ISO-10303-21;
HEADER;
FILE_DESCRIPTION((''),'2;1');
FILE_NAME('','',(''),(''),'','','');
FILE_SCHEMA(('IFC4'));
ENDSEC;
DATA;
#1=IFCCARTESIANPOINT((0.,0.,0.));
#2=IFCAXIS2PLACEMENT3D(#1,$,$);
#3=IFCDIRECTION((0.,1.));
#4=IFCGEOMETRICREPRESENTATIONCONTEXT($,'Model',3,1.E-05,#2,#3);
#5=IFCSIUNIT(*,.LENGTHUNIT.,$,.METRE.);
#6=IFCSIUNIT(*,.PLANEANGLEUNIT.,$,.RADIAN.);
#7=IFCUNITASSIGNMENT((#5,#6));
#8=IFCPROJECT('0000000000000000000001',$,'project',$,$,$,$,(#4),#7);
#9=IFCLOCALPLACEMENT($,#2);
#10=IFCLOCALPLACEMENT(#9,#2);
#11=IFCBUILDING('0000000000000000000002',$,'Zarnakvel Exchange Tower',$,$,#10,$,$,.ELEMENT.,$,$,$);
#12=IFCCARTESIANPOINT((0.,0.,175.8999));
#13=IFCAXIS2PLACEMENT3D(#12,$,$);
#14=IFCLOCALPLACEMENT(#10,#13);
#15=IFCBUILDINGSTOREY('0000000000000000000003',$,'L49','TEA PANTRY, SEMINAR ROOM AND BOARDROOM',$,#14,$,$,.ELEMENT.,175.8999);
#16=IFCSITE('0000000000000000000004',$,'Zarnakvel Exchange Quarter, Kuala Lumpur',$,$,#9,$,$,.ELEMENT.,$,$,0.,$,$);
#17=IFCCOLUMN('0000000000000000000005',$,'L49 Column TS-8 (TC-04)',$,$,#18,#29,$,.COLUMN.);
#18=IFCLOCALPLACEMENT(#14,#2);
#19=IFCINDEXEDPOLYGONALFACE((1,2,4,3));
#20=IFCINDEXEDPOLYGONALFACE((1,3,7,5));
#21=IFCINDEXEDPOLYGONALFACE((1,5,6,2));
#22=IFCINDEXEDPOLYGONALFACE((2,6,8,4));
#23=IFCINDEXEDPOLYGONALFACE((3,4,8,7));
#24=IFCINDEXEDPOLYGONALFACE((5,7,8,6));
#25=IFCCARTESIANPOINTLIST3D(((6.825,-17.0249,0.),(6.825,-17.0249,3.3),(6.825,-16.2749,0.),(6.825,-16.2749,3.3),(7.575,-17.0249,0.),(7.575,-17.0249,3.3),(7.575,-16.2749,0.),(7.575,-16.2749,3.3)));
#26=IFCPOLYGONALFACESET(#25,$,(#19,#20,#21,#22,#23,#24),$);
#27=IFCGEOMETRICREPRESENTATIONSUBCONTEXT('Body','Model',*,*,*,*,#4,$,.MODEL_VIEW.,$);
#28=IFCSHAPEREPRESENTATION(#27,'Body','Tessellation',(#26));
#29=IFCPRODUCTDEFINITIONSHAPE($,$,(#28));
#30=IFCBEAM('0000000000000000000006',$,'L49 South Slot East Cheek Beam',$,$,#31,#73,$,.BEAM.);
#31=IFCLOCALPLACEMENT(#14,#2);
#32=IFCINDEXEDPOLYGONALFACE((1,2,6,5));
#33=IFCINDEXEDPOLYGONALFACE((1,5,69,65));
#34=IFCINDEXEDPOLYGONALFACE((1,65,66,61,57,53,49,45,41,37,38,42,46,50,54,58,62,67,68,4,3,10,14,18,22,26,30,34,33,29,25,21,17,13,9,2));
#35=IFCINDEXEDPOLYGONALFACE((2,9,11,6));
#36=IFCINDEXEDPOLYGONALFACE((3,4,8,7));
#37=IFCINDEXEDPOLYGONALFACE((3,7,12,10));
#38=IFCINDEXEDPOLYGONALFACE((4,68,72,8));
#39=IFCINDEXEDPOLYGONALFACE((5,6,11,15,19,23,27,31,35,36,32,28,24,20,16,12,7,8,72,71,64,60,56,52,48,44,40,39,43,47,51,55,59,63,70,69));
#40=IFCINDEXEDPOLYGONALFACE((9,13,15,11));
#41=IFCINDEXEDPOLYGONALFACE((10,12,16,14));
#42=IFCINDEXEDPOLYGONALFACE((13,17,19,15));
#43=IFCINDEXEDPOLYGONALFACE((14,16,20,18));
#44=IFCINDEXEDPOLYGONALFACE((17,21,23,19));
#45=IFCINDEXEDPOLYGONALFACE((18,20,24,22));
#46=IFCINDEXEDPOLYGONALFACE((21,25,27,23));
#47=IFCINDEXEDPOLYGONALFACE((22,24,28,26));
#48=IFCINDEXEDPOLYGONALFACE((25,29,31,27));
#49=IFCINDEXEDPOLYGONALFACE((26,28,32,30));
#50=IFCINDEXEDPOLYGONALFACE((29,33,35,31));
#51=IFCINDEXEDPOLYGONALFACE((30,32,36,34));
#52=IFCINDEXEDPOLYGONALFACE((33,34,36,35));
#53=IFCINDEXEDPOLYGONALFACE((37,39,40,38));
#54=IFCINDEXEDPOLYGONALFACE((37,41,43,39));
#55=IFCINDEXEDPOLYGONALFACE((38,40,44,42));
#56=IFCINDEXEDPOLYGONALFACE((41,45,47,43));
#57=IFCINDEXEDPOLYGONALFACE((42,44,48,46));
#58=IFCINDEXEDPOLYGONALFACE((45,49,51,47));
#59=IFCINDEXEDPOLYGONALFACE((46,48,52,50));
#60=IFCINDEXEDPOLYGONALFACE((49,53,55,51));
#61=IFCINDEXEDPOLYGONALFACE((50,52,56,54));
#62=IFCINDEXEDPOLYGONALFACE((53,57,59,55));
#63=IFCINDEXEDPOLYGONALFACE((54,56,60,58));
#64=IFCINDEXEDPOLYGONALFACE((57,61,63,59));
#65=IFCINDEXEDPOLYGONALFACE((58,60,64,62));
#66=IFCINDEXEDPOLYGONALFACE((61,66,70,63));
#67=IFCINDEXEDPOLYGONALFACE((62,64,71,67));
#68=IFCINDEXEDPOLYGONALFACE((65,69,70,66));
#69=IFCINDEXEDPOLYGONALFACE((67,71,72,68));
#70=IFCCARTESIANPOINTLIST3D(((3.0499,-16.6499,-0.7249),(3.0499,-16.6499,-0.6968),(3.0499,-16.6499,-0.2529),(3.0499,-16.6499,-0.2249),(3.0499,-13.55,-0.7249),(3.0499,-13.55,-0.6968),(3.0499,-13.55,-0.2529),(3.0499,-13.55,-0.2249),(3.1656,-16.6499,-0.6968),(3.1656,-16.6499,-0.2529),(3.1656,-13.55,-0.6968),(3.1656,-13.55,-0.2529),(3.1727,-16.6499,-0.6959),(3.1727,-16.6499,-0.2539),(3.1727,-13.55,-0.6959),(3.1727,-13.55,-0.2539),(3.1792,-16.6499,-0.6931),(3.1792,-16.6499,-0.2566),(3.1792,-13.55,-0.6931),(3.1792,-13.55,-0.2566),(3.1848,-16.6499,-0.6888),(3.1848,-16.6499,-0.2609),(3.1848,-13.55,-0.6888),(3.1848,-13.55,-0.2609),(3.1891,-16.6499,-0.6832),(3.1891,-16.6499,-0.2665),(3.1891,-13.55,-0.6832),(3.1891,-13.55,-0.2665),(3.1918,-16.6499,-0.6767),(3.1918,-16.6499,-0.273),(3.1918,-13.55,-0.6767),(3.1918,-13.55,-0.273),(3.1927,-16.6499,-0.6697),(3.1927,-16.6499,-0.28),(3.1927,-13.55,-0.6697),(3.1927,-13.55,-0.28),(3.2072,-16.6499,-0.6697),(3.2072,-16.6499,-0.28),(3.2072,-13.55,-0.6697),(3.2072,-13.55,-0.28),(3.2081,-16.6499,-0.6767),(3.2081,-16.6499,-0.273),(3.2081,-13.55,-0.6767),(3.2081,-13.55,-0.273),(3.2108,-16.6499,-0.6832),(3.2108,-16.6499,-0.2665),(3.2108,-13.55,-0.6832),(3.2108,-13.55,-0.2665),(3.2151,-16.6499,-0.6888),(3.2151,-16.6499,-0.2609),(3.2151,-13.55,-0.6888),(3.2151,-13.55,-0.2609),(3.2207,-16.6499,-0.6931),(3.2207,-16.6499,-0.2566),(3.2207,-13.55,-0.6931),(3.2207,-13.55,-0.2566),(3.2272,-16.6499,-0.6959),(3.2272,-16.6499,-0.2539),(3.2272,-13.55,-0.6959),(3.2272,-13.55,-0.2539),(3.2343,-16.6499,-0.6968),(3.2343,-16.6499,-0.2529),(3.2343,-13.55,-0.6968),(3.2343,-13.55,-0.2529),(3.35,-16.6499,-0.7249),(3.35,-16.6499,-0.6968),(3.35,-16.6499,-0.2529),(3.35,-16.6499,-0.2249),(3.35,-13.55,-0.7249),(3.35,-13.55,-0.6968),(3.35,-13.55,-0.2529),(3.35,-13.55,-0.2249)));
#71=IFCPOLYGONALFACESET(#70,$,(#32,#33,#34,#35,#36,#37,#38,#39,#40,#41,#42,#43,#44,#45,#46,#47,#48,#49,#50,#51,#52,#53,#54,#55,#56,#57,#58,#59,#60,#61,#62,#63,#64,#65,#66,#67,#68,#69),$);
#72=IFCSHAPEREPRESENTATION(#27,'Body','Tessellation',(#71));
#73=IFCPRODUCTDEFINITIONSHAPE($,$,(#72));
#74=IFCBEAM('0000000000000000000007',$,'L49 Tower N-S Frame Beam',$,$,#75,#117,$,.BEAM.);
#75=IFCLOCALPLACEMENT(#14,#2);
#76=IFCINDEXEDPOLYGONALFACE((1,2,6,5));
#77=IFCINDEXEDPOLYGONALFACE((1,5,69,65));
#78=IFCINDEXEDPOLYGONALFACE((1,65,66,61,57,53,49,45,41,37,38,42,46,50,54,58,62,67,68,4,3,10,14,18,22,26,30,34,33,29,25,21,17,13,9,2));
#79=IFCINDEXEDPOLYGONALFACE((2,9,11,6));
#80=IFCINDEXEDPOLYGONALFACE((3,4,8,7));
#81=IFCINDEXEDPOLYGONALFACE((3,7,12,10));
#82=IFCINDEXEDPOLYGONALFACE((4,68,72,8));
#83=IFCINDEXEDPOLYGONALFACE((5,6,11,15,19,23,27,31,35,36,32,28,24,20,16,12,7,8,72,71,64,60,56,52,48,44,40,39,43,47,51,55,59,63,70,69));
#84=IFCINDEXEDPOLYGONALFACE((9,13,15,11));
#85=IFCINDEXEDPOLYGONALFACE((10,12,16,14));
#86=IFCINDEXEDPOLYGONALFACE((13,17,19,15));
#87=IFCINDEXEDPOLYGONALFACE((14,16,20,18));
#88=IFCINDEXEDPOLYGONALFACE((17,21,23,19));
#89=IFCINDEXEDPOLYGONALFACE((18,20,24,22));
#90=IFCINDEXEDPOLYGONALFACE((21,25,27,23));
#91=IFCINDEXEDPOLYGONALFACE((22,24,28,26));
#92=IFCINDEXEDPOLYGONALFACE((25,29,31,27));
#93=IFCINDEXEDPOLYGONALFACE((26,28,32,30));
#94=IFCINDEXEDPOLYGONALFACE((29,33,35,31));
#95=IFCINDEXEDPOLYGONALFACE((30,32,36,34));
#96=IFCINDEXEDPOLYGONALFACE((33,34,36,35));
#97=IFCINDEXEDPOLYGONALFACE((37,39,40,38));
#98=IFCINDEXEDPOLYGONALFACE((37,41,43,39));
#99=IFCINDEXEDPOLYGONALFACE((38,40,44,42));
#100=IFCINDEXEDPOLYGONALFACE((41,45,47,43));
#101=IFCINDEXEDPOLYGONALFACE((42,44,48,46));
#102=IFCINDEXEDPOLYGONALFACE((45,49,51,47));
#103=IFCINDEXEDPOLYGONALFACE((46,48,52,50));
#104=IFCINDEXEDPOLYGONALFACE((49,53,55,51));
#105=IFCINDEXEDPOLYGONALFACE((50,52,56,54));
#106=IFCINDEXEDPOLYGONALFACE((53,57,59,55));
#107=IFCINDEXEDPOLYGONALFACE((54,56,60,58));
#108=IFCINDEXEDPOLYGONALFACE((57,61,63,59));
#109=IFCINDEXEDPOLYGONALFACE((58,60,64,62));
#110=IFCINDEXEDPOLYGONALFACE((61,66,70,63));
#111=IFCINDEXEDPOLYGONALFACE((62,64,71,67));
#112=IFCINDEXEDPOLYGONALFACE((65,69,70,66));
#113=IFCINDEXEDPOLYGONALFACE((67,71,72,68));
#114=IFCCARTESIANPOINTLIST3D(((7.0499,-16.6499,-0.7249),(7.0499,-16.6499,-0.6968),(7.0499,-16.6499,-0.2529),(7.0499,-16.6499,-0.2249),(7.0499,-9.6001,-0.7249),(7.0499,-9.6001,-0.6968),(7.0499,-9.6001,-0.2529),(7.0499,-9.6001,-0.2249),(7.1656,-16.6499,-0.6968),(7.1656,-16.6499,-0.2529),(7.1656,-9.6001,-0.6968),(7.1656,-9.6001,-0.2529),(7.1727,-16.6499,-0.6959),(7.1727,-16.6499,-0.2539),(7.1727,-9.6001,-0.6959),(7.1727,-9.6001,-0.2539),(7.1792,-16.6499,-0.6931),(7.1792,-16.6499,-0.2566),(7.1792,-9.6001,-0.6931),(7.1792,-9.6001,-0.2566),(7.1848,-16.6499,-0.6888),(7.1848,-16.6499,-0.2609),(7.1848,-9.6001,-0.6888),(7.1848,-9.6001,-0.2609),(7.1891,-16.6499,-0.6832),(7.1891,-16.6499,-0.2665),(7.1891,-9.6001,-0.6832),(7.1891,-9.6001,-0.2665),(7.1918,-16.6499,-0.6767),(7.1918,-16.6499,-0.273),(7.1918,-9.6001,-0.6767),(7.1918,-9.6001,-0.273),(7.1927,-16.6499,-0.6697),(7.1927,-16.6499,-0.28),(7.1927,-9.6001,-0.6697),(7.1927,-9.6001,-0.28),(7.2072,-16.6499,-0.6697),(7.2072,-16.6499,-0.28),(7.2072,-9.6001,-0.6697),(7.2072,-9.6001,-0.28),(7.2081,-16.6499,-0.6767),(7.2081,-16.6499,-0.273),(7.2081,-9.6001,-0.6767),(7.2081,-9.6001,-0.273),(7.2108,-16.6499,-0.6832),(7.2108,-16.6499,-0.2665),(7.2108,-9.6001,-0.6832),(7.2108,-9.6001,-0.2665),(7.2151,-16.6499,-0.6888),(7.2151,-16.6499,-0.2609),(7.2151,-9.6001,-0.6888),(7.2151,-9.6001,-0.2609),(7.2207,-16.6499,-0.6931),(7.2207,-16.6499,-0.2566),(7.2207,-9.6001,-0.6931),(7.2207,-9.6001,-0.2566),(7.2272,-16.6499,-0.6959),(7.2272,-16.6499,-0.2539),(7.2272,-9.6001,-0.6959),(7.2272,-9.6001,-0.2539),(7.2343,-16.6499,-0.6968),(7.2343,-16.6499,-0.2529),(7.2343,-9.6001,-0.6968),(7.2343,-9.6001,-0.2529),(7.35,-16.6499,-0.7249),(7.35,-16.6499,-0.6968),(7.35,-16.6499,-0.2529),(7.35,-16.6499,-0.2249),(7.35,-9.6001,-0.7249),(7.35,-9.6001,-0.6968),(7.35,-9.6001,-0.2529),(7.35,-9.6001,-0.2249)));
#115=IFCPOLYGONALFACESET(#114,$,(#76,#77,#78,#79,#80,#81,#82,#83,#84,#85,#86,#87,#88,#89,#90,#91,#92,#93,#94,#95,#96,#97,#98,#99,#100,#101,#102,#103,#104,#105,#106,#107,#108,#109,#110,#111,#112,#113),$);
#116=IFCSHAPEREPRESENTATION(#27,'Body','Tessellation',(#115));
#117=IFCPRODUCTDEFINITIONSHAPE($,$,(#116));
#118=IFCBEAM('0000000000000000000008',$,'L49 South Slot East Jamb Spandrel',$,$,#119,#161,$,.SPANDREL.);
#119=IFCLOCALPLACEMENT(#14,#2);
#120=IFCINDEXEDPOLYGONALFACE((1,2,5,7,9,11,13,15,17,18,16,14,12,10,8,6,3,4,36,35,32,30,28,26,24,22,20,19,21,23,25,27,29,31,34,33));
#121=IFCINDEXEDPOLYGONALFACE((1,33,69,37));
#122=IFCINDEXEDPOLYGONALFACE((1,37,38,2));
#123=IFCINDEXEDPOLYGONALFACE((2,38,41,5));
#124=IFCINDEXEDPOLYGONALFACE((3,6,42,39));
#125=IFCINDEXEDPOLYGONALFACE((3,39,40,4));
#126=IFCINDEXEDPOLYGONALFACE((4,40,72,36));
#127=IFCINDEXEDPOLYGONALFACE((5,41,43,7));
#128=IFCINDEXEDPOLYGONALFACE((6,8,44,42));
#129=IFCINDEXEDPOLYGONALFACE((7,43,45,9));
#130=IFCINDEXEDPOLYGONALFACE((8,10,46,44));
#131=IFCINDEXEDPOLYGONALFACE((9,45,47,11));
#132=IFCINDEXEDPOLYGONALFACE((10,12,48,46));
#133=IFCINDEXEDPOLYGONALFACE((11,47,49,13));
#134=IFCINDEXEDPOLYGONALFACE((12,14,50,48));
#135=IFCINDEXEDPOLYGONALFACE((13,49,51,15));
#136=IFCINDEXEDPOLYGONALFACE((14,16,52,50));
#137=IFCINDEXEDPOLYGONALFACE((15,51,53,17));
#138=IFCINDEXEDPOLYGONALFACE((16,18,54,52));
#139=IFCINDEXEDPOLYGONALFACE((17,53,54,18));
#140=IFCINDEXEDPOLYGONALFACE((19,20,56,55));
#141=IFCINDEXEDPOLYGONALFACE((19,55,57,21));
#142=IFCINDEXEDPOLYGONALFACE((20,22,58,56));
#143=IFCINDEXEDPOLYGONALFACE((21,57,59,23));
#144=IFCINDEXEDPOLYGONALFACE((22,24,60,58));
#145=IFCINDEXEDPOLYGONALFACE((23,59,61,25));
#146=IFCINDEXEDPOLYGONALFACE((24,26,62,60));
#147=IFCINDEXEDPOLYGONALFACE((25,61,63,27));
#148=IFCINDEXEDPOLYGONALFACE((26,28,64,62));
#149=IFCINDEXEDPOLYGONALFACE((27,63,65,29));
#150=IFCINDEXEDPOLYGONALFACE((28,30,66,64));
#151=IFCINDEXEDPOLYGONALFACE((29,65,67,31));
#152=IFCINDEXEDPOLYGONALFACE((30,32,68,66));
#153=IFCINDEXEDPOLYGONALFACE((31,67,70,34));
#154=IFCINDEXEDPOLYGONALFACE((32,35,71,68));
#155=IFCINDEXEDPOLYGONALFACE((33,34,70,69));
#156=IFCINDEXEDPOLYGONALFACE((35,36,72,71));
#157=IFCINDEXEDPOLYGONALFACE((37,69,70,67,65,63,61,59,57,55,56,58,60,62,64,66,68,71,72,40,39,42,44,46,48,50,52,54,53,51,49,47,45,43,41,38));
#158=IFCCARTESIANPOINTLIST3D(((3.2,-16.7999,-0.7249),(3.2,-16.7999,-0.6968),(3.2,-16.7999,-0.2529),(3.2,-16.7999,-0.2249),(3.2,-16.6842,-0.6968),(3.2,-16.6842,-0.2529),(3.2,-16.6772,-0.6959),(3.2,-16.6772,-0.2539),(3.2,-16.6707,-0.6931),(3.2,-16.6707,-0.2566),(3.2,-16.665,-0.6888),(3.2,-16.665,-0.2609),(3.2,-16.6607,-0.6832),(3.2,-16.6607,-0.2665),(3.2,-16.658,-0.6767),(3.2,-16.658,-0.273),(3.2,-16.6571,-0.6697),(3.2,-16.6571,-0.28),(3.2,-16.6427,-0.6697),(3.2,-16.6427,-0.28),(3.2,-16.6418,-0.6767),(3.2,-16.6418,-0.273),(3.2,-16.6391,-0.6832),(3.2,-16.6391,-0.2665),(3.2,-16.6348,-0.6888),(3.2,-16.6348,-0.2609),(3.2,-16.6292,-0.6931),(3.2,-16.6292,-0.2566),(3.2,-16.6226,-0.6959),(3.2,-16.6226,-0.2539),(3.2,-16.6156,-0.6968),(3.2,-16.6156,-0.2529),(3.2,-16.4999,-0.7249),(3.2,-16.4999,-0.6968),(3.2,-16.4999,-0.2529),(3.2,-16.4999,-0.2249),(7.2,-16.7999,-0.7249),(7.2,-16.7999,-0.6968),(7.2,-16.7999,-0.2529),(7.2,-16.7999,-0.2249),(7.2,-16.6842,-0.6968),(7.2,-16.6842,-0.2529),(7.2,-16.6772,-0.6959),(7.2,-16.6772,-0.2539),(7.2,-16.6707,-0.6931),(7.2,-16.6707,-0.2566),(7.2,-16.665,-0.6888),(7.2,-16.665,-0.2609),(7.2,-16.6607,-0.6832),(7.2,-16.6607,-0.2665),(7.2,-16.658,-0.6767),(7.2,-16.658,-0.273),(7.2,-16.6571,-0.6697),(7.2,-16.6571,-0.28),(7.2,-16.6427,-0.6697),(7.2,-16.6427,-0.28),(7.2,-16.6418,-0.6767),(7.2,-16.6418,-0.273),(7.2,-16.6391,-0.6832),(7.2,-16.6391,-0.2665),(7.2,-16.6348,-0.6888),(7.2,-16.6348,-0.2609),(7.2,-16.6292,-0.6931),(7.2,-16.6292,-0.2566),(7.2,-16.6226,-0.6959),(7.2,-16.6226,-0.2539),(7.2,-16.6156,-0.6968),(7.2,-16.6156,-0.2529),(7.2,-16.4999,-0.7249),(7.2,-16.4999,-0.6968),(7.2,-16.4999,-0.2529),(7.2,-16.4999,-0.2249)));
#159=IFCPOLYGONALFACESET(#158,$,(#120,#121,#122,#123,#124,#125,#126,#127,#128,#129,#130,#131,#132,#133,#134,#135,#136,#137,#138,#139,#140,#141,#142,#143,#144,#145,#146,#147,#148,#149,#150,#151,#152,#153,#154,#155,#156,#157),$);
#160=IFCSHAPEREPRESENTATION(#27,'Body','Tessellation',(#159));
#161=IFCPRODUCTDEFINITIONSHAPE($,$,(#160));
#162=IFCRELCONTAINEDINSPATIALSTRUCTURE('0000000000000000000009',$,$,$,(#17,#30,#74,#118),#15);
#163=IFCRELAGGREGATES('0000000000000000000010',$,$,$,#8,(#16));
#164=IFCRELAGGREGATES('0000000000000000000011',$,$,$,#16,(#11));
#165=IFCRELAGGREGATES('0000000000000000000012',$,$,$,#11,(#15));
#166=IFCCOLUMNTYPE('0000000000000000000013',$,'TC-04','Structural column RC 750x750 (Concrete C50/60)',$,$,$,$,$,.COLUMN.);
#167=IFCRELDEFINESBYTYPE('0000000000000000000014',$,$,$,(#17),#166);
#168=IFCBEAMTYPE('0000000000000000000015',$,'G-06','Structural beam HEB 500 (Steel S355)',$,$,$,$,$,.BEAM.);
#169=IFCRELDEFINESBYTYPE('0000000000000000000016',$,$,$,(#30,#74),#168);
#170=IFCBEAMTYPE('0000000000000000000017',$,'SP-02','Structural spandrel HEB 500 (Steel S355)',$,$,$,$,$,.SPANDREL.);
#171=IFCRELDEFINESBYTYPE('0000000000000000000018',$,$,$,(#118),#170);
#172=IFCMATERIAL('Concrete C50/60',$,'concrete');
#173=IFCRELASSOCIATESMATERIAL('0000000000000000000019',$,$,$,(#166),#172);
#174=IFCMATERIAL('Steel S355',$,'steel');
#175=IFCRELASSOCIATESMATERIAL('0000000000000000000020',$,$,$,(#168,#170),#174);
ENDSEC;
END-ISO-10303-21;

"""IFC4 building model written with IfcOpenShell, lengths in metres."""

from ifc_helpers import new_model, si_unit, direction, frame, origin, origin_2d, place, context, subcontext, project, spatial, rectangle, i_section, extrude, material, material_profile, profile_set, type_object, element, save


model = new_model("IFC4")

# Units and contexts
model_context = context("Model", 3, precision=1e-05, world=origin(), true_north=direction((0.0, 1.0)))
body_context = subcontext(model_context, "Body", "Model", "MODEL_VIEW")
ifc_project = project(units=[si_unit("LENGTHUNIT", "METRE"), si_unit("PLANEANGLEUNIT", "RADIAN")], contexts=[model_context])

# Site, building, storey
site_placement = place(None, origin())
site = spatial("IfcSite", under=ifc_project, at=site_placement, Name="Zarnakvel Exchange Quarter, Kuala Lumpur", CompositionType="ELEMENT", RefElevation=0.0)
building_placement = place(site_placement, origin())
building = spatial("IfcBuilding", under=site, at=building_placement, Name="Zarnakvel Exchange Tower", CompositionType="ELEMENT")
storey_placement = place(building_placement, frame((0.0, 0.0, 175.8999)))
storey = spatial("IfcBuildingStorey", under=building, at=storey_placement, Name="L49", Description="TEA PANTRY, SEMINAR ROOM AND BOARDROOM", CompositionType="ELEMENT", Elevation=175.8999)

# Column
ifc_material_1 = material(Name="Concrete C50/60", Category="concrete")
ifc_material_profile_1 = material_profile(ifc_material_1, rectangle(XDim=0.75, YDim=0.75, at=origin_2d()))
ifc_profile_set_1 = profile_set([ifc_material_profile_1], Name="Concrete C50/60")
column_type = type_object("IfcColumnType", Name="TC-04", Description="Structural column RC 750x750 (Concrete C50/60)", PredefinedType="COLUMN", material=ifc_profile_set_1)
column_placement = place(storey_placement, frame((7.2, -16.6499, 0.0), z_axis=(0.0, 0.0, 1.0), x_axis=(1.0, 0.0, 0.0)))
element("IfcColumn", 1, at=column_placement, inside=storey, type_object=column_type, Name="L49 Column TS-8 (TC-04)", PredefinedType="COLUMN", context=body_context, shape_type="SweptSolid", body=[
    extrude(rectangle(XDim=0.75, YDim=0.75, at=origin_2d()), origin(), (0.0, 0.0, 1.0), 3.3),
])

# Beams
ifc_material_2 = material(Name="Steel S355", Category="steel")
ifc_material_profile_2 = material_profile(ifc_material_2, i_section(OverallWidth=0.3, OverallDepth=0.5, WebThickness=0.0144, FlangeThickness=0.0281, FilletRadius=0.0271, at=origin_2d()))
ifc_profile_set_2 = profile_set([ifc_material_profile_2], Name="Steel S355")
beam_type_1 = type_object("IfcBeamType", Name="G-06", Description="Structural beam HEB 500 (Steel S355)", PredefinedType="BEAM", material=ifc_profile_set_2)
beam_1_placement = place(storey_placement, frame((3.2, -16.6499, -0.4749), z_axis=(0.0, 1.0, 0.0), x_axis=(-1.0, 0.0, 0.0)))
element("IfcBeam", 2, at=beam_1_placement, inside=storey, type_object=beam_type_1, Name="L49 South Slot East Cheek Beam", PredefinedType="BEAM", context=body_context, shape_type="SweptSolid", body=[
    extrude(i_section(OverallWidth=0.3, OverallDepth=0.5, WebThickness=0.0144, FlangeThickness=0.0281, FilletRadius=0.0271, at=origin_2d()), origin(), (0.0, 0.0, 1.0), 3.0999),
])
beam_2_placement = place(storey_placement, frame((7.2, -16.6499, -0.4749), z_axis=(0.0, 1.0, 0.0), x_axis=(-1.0, 0.0, 0.0)))
element("IfcBeam", 3, at=beam_2_placement, inside=storey, type_object=beam_type_1, Name="L49 Tower N-S Frame Beam", PredefinedType="BEAM", context=body_context, shape_type="SweptSolid", body=[
    extrude(i_section(OverallWidth=0.3, OverallDepth=0.5, WebThickness=0.0144, FlangeThickness=0.0281, FilletRadius=0.0271, at=origin_2d()), origin(), (0.0, 0.0, 1.0), 7.0498),
])
ifc_material_profile_3 = material_profile(ifc_material_2, i_section(OverallWidth=0.3, OverallDepth=0.5, WebThickness=0.0144, FlangeThickness=0.0281, FilletRadius=0.0271, at=origin_2d()))
ifc_profile_set_3 = profile_set([ifc_material_profile_3], Name="Steel S355")
beam_type_2 = type_object("IfcBeamType", Name="SP-02", Description="Structural spandrel HEB 500 (Steel S355)", PredefinedType="SPANDREL", material=ifc_profile_set_3)
beam_3_placement = place(storey_placement, frame((3.2, -16.6499, -0.4749), z_axis=(1.0, 0.0, 0.0), x_axis=(0.0, 1.0, 0.0)))
element("IfcBeam", 4, at=beam_3_placement, inside=storey, type_object=beam_type_2, Name="L49 South Slot East Jamb Spandrel", PredefinedType="SPANDREL", context=body_context, shape_type="SweptSolid", body=[
    extrude(i_section(OverallWidth=0.3, OverallDepth=0.5, WebThickness=0.0144, FlangeThickness=0.0281, FilletRadius=0.0271, at=origin_2d()), origin(), (0.0, 0.0, 1.0), 4.0),
])

save(model, "model.ifc")
